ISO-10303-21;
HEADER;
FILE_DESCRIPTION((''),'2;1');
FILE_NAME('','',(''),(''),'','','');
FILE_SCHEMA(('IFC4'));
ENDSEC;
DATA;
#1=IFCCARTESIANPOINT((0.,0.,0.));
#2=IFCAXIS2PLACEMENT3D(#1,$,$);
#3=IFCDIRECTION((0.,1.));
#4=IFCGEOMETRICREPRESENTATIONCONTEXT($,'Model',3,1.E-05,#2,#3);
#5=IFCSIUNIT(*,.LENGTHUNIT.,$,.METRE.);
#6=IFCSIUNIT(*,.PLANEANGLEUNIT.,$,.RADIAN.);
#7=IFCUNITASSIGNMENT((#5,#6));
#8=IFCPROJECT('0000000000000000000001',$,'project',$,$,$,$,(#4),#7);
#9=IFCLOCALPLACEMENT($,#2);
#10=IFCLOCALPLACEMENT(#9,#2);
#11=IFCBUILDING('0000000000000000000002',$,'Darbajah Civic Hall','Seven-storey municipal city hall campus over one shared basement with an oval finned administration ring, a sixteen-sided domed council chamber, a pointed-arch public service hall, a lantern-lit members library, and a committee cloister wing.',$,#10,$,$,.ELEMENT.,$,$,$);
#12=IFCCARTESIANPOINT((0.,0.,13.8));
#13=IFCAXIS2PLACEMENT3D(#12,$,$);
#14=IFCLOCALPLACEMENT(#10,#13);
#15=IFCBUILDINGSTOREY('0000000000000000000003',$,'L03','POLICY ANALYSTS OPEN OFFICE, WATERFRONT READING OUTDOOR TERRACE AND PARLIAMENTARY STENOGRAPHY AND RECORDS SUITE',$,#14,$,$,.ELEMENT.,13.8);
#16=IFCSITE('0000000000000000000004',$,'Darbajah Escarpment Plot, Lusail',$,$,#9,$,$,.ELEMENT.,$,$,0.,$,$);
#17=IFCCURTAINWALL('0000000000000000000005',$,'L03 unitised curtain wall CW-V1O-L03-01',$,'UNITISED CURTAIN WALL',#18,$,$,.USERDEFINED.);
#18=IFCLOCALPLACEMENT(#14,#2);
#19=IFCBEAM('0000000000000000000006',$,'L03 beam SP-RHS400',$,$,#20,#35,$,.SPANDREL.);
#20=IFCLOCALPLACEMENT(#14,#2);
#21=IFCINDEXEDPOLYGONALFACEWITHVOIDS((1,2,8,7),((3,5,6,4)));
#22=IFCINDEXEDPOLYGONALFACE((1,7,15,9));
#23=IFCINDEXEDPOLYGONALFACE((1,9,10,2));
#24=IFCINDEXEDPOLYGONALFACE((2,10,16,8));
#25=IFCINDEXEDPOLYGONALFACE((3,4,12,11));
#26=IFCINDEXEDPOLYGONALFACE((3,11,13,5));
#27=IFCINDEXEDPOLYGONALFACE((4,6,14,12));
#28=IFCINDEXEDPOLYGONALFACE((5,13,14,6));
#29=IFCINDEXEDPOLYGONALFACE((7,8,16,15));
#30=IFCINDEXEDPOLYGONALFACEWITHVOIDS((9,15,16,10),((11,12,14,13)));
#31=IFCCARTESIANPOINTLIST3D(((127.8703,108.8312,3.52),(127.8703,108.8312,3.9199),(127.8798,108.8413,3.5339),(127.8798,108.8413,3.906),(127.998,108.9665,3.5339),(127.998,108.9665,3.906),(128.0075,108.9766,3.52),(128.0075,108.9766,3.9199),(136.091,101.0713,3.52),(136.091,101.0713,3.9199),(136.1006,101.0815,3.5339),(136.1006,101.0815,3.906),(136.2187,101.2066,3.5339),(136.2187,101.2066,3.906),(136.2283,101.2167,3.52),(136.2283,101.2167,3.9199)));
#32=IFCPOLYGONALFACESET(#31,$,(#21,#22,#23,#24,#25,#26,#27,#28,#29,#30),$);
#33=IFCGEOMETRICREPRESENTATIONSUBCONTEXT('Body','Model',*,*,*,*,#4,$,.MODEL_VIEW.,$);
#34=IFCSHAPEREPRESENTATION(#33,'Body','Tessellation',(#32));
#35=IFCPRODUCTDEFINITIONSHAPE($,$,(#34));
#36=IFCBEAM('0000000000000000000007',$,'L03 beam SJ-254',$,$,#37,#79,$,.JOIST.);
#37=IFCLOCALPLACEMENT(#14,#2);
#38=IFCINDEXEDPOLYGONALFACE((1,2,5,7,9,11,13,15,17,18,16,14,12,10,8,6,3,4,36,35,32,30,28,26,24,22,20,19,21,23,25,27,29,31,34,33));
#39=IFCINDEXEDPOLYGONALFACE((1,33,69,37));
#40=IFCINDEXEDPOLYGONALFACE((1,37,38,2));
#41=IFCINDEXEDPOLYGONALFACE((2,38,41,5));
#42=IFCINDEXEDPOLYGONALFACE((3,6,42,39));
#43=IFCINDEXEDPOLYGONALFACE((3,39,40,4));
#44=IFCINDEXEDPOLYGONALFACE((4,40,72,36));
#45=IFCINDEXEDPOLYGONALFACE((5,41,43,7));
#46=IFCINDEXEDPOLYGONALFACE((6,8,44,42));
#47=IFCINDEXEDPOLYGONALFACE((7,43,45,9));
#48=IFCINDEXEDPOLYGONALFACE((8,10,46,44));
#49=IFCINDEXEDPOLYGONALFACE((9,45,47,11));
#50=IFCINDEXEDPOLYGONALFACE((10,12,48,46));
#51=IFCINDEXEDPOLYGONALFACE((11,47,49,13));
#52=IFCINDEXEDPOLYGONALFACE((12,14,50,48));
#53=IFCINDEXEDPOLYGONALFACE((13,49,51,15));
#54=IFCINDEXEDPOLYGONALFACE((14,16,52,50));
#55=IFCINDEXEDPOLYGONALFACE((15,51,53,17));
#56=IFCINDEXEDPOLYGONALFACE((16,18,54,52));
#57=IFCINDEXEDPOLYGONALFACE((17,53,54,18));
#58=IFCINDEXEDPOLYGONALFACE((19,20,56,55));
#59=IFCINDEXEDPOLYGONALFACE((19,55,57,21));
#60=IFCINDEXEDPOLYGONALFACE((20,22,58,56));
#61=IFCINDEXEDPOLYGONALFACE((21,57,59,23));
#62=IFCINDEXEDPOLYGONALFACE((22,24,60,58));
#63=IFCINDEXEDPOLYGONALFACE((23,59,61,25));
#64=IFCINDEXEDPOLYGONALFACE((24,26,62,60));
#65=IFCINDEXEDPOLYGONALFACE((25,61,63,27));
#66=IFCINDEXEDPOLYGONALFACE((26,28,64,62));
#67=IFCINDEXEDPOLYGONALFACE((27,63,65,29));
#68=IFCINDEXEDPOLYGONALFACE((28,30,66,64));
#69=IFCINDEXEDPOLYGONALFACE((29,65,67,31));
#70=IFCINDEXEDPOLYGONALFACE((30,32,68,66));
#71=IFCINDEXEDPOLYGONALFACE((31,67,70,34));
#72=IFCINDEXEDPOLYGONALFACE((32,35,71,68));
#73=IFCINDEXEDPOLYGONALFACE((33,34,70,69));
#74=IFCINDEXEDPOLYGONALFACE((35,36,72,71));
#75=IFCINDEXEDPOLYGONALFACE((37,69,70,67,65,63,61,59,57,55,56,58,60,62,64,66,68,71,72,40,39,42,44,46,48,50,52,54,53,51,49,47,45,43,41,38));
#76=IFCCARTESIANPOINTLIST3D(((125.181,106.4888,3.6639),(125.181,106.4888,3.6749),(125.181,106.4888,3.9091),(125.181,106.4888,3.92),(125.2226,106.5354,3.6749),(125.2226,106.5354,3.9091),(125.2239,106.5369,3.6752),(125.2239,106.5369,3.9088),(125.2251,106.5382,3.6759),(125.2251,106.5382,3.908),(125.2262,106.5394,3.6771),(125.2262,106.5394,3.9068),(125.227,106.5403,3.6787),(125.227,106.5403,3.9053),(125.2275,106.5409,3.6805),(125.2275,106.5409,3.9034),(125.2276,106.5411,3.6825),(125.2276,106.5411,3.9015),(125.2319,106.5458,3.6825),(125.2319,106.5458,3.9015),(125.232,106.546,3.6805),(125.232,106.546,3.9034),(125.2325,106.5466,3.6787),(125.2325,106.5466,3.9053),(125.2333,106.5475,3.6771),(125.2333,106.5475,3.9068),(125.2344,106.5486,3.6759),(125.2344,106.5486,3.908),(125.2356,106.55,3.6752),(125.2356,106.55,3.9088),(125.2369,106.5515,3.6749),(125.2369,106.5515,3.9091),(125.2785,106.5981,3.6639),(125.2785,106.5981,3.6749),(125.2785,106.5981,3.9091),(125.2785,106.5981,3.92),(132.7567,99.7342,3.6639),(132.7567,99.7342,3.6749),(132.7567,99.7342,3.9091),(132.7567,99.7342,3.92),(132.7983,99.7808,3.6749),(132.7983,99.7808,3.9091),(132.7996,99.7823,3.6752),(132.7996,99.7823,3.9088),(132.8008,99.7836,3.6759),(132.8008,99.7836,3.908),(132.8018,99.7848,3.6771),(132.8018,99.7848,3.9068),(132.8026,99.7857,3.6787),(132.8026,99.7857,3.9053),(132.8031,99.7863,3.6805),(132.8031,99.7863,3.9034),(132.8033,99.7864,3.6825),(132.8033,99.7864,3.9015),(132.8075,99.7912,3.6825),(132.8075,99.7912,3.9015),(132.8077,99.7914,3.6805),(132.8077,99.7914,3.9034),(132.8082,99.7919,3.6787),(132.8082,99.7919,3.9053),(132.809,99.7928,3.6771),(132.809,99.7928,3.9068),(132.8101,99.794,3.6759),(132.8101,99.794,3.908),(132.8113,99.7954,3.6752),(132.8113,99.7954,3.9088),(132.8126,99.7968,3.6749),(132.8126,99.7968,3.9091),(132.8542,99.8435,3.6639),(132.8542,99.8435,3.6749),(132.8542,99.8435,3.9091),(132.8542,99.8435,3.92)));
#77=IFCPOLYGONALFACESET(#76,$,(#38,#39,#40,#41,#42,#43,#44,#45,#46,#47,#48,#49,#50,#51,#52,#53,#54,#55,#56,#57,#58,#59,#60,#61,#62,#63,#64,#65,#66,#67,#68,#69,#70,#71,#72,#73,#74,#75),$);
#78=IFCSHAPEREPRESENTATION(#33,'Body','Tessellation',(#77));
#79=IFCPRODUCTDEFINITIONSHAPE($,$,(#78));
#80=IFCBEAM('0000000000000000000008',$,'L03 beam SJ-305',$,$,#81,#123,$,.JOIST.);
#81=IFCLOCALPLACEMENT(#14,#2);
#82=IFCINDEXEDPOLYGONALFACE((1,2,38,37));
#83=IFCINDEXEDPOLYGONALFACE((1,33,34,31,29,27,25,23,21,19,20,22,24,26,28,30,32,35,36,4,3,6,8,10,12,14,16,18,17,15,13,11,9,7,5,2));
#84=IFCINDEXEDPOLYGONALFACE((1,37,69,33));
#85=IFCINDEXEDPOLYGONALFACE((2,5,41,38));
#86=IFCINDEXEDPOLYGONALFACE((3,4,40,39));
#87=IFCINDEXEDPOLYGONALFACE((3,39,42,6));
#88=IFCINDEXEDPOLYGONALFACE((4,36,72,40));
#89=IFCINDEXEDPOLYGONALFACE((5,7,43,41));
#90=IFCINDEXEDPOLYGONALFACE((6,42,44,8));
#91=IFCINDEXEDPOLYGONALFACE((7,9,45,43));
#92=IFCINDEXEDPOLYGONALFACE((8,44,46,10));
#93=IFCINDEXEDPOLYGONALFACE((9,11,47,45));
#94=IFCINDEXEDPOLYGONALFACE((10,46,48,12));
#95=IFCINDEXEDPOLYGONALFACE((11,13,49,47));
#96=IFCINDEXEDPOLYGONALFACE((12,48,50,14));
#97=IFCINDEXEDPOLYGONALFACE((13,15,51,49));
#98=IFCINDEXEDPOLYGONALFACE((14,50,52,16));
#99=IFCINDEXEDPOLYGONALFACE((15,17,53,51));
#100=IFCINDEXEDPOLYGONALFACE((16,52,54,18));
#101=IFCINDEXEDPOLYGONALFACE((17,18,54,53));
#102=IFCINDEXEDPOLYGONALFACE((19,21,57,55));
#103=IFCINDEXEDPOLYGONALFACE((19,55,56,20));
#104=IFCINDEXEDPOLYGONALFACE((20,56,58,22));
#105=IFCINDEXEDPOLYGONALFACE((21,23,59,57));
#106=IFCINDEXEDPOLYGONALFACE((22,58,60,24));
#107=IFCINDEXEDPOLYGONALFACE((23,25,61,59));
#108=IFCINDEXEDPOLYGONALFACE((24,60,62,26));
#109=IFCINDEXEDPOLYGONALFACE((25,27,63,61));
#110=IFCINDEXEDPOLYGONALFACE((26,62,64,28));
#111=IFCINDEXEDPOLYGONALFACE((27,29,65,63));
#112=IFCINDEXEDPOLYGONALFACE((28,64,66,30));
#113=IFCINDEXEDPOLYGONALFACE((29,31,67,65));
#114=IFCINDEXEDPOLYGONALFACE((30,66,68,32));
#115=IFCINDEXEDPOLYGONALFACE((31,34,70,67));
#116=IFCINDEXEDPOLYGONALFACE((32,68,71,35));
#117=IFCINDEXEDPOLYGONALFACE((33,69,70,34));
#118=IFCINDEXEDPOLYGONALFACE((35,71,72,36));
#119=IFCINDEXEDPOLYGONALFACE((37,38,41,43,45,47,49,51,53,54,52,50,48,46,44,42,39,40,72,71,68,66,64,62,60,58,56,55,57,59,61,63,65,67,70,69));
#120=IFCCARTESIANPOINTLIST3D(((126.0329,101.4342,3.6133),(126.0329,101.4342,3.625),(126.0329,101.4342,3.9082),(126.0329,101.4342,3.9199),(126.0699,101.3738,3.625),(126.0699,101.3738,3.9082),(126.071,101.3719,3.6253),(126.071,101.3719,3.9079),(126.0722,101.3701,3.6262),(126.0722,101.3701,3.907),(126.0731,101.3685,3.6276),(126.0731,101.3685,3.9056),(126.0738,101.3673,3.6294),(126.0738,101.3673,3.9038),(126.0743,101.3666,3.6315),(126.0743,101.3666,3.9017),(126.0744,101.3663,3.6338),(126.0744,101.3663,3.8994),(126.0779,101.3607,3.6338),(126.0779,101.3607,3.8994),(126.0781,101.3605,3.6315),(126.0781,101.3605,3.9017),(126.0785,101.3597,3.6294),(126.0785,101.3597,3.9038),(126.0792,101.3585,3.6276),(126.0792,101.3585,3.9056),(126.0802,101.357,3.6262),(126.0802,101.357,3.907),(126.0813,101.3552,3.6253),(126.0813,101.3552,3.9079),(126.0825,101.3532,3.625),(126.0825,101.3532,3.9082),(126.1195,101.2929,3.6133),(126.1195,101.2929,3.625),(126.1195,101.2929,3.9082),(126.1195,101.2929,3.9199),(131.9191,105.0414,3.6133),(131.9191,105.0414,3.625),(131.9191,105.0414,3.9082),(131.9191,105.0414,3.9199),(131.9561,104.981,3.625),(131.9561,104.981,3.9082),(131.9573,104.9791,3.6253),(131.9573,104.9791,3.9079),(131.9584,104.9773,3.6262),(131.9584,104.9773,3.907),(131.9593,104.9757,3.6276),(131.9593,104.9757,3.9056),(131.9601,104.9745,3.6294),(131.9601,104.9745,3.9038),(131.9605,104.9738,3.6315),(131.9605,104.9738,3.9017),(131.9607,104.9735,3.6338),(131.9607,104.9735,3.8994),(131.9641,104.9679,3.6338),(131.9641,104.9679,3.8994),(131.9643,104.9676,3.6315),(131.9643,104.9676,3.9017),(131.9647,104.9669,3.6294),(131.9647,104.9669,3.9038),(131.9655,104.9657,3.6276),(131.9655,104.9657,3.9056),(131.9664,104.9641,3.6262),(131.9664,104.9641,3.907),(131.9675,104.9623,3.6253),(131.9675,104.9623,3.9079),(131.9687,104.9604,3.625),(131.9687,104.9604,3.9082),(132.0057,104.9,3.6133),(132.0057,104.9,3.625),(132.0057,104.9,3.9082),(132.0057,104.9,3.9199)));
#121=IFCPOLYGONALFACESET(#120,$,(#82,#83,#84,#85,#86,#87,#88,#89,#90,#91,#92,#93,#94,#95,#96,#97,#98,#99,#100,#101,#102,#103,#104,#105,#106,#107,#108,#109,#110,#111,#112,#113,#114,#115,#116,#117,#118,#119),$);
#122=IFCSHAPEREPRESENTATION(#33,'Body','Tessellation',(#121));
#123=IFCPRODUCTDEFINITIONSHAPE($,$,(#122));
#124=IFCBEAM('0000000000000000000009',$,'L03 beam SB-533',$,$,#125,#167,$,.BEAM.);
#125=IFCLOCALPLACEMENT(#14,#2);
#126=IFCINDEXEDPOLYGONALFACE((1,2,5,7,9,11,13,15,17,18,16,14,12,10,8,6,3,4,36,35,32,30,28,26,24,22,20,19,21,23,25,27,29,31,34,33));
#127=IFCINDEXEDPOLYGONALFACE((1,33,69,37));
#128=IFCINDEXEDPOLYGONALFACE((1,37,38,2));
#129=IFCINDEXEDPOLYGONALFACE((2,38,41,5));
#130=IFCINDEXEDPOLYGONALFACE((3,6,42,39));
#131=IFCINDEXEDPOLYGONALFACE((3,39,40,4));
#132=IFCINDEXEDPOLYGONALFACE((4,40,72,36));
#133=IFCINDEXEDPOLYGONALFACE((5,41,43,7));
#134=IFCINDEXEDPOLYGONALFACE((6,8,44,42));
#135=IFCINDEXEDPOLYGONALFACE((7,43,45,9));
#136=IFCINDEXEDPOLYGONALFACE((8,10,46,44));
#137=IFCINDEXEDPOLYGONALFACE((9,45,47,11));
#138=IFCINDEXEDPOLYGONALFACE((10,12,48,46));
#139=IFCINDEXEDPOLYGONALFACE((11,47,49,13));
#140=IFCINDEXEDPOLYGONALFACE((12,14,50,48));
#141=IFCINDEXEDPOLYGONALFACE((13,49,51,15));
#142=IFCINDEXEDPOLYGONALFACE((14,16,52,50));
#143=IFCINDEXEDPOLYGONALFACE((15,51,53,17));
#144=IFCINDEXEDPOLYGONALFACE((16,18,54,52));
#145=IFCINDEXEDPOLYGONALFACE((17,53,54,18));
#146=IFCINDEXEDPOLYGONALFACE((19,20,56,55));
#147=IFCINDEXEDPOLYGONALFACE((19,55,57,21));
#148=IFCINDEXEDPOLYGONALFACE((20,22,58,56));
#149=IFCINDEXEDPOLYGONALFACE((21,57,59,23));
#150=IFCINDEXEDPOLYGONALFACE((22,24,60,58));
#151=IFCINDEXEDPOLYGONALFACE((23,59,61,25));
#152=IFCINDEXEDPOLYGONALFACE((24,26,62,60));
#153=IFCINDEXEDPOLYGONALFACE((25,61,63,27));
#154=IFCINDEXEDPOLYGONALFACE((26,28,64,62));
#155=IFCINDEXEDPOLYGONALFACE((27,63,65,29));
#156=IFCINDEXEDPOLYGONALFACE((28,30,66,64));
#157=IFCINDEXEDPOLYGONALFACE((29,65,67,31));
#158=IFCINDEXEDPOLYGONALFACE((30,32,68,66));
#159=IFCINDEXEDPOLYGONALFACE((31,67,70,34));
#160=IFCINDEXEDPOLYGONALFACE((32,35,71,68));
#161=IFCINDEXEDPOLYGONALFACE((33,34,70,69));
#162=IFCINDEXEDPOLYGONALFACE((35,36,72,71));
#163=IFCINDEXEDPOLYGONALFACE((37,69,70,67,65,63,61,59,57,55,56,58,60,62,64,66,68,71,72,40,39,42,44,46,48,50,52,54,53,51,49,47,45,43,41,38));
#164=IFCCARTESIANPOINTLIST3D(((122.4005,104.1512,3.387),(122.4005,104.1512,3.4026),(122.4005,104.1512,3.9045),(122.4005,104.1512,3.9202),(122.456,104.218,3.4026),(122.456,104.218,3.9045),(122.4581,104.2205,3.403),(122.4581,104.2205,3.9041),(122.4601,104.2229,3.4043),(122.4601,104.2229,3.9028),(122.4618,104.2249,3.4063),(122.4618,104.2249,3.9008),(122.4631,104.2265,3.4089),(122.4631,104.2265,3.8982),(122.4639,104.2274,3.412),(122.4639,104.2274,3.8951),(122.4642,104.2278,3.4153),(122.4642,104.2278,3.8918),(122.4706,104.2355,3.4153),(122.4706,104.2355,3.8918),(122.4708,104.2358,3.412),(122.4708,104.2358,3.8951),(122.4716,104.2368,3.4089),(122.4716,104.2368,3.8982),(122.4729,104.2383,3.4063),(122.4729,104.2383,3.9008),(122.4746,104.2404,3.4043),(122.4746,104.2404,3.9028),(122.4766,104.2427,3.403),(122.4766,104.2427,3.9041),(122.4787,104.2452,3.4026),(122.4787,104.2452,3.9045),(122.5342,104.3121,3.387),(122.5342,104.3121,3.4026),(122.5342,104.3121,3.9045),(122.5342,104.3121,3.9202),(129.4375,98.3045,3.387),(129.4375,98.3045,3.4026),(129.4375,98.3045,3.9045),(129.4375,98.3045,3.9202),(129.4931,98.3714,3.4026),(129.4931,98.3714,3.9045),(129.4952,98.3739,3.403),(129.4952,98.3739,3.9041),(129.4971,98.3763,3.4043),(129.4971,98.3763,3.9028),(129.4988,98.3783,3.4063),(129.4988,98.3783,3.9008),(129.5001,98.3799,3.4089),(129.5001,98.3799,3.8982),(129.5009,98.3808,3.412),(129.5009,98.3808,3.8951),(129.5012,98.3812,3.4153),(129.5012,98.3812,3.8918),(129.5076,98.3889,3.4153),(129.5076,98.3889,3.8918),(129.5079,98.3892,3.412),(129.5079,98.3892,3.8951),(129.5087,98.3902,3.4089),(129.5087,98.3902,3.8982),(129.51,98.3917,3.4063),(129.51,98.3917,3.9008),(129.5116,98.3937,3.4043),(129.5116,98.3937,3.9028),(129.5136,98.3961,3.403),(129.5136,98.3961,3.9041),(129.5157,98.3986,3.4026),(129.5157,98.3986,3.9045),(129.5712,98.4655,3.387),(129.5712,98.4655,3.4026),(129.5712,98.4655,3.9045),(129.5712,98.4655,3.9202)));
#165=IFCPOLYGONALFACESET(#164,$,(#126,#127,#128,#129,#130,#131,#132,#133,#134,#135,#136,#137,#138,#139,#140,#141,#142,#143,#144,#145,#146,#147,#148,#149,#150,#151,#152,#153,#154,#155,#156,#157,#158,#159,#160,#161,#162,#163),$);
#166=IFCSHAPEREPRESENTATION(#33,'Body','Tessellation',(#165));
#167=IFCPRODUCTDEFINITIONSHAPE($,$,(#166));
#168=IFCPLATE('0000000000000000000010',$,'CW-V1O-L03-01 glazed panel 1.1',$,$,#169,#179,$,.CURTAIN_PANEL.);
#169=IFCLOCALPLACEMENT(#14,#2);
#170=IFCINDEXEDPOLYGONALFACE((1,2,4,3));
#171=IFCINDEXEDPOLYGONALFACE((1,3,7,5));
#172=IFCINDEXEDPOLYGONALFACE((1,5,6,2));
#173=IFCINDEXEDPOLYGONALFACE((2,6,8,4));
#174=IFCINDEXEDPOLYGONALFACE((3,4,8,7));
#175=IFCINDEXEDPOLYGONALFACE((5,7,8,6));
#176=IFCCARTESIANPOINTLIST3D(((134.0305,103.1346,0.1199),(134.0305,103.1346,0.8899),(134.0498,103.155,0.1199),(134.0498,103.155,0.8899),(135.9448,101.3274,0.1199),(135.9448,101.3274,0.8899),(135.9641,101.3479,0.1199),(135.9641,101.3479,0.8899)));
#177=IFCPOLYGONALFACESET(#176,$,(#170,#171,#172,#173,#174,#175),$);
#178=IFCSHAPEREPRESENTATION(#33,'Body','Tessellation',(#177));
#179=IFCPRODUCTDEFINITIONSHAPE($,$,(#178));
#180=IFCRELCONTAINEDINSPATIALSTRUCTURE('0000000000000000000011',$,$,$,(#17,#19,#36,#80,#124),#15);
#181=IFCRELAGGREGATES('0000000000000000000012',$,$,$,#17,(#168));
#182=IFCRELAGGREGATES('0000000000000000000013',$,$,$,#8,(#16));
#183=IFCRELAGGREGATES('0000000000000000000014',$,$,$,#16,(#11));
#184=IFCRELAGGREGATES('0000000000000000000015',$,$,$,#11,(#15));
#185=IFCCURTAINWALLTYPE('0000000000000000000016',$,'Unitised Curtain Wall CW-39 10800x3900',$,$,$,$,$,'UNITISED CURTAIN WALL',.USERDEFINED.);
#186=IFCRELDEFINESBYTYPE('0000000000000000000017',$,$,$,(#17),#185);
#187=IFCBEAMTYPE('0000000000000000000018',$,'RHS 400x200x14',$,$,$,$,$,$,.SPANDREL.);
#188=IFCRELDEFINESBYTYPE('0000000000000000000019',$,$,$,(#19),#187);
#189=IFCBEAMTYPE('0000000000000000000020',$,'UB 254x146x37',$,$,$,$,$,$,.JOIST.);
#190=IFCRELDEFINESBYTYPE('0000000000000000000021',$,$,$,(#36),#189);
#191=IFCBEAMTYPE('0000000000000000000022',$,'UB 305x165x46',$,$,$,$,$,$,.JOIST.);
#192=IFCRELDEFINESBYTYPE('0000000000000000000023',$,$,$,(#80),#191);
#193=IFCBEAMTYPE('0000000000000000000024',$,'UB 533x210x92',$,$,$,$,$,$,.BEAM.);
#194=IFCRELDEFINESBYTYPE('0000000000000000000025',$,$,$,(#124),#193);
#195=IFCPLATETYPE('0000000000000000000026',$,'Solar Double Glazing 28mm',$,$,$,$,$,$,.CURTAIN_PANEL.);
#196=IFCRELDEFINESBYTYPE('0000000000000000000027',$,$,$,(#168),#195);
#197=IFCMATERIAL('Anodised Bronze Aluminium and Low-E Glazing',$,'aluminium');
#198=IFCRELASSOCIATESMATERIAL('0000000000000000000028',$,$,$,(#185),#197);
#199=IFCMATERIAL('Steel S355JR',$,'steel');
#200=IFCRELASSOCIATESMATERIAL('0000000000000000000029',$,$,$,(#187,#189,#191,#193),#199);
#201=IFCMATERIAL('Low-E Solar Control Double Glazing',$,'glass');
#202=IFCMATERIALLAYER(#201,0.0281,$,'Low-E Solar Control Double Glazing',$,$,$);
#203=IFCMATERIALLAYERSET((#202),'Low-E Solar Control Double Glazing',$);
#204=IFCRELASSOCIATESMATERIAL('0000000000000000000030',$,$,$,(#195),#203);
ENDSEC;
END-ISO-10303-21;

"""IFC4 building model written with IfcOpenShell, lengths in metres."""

from ifc_helpers import new_model, si_unit, direction, frame, origin, origin_2d, place, context, subcontext, project, spatial, rectangle, hollow_rectangle, i_section, extrude, material, layer, layer_set, material_profile, profile_set, type_object, element, aggregate, save


model = new_model("IFC4")

# Units and contexts
model_context = context("Model", 3, precision=1e-05, world=origin(), true_north=direction((0.0, 1.0)))
body_context = subcontext(model_context, "Body", "Model", "MODEL_VIEW")
ifc_project = project(units=[si_unit("LENGTHUNIT", "METRE"), si_unit("PLANEANGLEUNIT", "RADIAN")], contexts=[model_context])

# Site, building, storey
site_placement = place(None, origin())
site = spatial("IfcSite", under=ifc_project, at=site_placement, Name="Darbajah Escarpment Plot, Lusail", CompositionType="ELEMENT", RefElevation=0.0)
building_placement = place(site_placement, origin())
building = spatial("IfcBuilding", under=site, at=building_placement, Name="Darbajah Civic Hall", Description="Seven-storey municipal city hall campus over one shared basement with an oval finned administration ring, a sixteen-sided domed council chamber, a pointed-arch public service hall, a lantern-lit members library, and a committee cloister wing.", CompositionType="ELEMENT")
storey_placement = place(building_placement, frame((0.0, 0.0, 13.8)))
storey = spatial("IfcBuildingStorey", under=building, at=storey_placement, Name="L03", Description="POLICY ANALYSTS OPEN OFFICE, WATERFRONT READING OUTDOOR TERRACE AND PARLIAMENTARY STENOGRAPHY AND RECORDS SUITE", CompositionType="ELEMENT", Elevation=13.8)

# Curtain wall
ifc_material_1 = material(Name="Anodised Bronze Aluminium and Low-E Glazing", Category="aluminium")
curtain_wall_type_1 = type_object("IfcCurtainWallType", Name="Unitised Curtain Wall CW-39 10800x3900", ElementType="UNITISED CURTAIN WALL", PredefinedType="USERDEFINED", material=ifc_material_1)
curtain_wall_1_placement = place(storey_placement, origin())
curtain_wall_1 = element("IfcCurtainWall", 1, at=curtain_wall_1_placement, inside=storey, type_object=curtain_wall_type_1, Name="L03 unitised curtain wall CW-V1O-L03-01", ObjectType="UNITISED CURTAIN WALL", PredefinedType="USERDEFINED")

# Beams
ifc_material_2 = material(Name="Steel S355JR", Category="steel")
ifc_material_profile_1 = material_profile(ifc_material_2, hollow_rectangle(XDim=0.2, YDim=0.3999, WallThickness=0.0139, at=origin_2d()), Name="RHS 400x200x14")
ifc_profile_set_1 = profile_set([ifc_material_profile_1], Name="Steel S355JR")
beam_type_1 = type_object("IfcBeamType", Name="RHS 400x200x14", PredefinedType="SPANDREL", material=ifc_profile_set_1)
beam_1_placement = place(storey_placement, frame((136.1597, 101.144, 3.72), z_axis=(-0.7272, 0.686426, 0.0), x_axis=(-0.686426, -0.7272, 0.0)))
element("IfcBeam", 2, at=beam_1_placement, inside=storey, type_object=beam_type_1, Name="L03 beam SP-RHS400", PredefinedType="SPANDREL", context=body_context, shape_type="SweptSolid", body=[
    extrude(hollow_rectangle(XDim=0.2, YDim=0.3999, WallThickness=0.0139, at=origin_2d()), origin(), (0.0, 0.0, 1.0), 11.3047),
])
ifc_material_profile_2 = material_profile(ifc_material_2, i_section(OverallWidth=0.1465, OverallDepth=0.2561, WebThickness=0.0063, FlangeThickness=0.011, FilletRadius=0.0076, at=origin_2d()), Name="UB 254x146x37")
ifc_profile_set_2 = profile_set([ifc_material_profile_2], Name="Steel S355JR")
beam_type_2 = type_object("IfcBeamType", Name="UB 254x146x37", PredefinedType="JOIST", material=ifc_profile_set_2)
beam_2_placement = place(storey_placement, frame((132.8054, 99.7888, 3.792), z_axis=(-0.746396, 0.665502, 0.0), x_axis=(-0.665502, -0.746396, 0.0)))
element("IfcBeam", 3, at=beam_2_placement, inside=storey, type_object=beam_type_2, Name="L03 beam SJ-254", PredefinedType="JOIST", context=body_context, shape_type="SweptSolid", body=[
    extrude(i_section(OverallWidth=0.1465, OverallDepth=0.2561, WebThickness=0.0063, FlangeThickness=0.011, FilletRadius=0.0076, at=origin_2d()), origin(), (0.0, 0.0, 1.0), 10.1497),
])
ifc_material_profile_3 = material_profile(ifc_material_2, i_section(OverallWidth=0.1658, OverallDepth=0.3066, WebThickness=0.0066, FlangeThickness=0.0117, FilletRadius=0.0088, at=origin_2d()), Name="UB 305x165x46")
ifc_profile_set_3 = profile_set([ifc_material_profile_3], Name="Steel S355JR")
beam_type_3 = type_object("IfcBeamType", Name="UB 305x165x46", PredefinedType="JOIST", material=ifc_profile_set_3)
beam_3_placement = place(storey_placement, frame((126.0762, 101.3635, 3.7666), z_axis=(0.852634, 0.522508, 0.0), x_axis=(-0.522508, 0.852634, 0.0)))
element("IfcBeam", 4, at=beam_3_placement, inside=storey, type_object=beam_type_3, Name="L03 beam SJ-305", PredefinedType="JOIST", context=body_context, shape_type="SweptSolid", body=[
    extrude(i_section(OverallWidth=0.1658, OverallDepth=0.3066, WebThickness=0.0066, FlangeThickness=0.0117, FilletRadius=0.0088, at=origin_2d()), origin(), (0.0, 0.0, 1.0), 6.9036),
])
ifc_material_profile_4 = material_profile(ifc_material_2, i_section(OverallWidth=0.2092, OverallDepth=0.5332, WebThickness=0.01, FlangeThickness=0.0156, FilletRadius=0.0127, at=origin_2d()), Name="UB 533x210x92")
ifc_profile_set_4 = profile_set([ifc_material_profile_4], Name="Steel S355JR")
beam_type_4 = type_object("IfcBeamType", Name="UB 533x210x92", PredefinedType="BEAM", material=ifc_profile_set_4)
beam_4_placement = place(storey_placement, frame((129.5044, 98.385, 3.6536), z_axis=(-0.769165, 0.63905, 0.0), x_axis=(-0.63905, -0.769165, 0.0)))
element("IfcBeam", 5, at=beam_4_placement, inside=storey, type_object=beam_type_4, Name="L03 beam SB-533", PredefinedType="BEAM", context=body_context, shape_type="SweptSolid", body=[
    extrude(i_section(OverallWidth=0.2092, OverallDepth=0.5332, WebThickness=0.01, FlangeThickness=0.0156, FilletRadius=0.0127, at=origin_2d()), origin(), (0.0, 0.0, 1.0), 9.1489),
])

# Plate
ifc_material_3 = material(Name="Low-E Solar Control Double Glazing", Category="glass")
ifc_layer_1 = layer(ifc_material_3, 0.0281, Name="Low-E Solar Control Double Glazing")
ifc_layer_set_1 = layer_set([ifc_layer_1], Name="Low-E Solar Control Double Glazing")
plate_type_1 = type_object("IfcPlateType", Name="Solar Double Glazing 28mm", PredefinedType="CURTAIN_PANEL", material=ifc_layer_set_1)
plate_1_placement = place(storey_placement, frame((134.9973, 102.2412, 0.1199), z_axis=(0.0, 0.0, 1.0), x_axis=(-0.727174, 0.686453, 0.0)))
plate_1 = element("IfcPlate", 6, at=plate_1_placement, type_object=plate_type_1, Name="CW-V1O-L03-01 glazed panel 1.1", PredefinedType="CURTAIN_PANEL", context=body_context, shape_type="SweptSolid", body=[
    extrude(rectangle(XDim=2.6326, YDim=0.0281, at=origin_2d()), origin(), (0.0, 0.0, 1.0), 0.77),
])
aggregate(curtain_wall_1, [plate_1])

save(model, "model.ifc")
